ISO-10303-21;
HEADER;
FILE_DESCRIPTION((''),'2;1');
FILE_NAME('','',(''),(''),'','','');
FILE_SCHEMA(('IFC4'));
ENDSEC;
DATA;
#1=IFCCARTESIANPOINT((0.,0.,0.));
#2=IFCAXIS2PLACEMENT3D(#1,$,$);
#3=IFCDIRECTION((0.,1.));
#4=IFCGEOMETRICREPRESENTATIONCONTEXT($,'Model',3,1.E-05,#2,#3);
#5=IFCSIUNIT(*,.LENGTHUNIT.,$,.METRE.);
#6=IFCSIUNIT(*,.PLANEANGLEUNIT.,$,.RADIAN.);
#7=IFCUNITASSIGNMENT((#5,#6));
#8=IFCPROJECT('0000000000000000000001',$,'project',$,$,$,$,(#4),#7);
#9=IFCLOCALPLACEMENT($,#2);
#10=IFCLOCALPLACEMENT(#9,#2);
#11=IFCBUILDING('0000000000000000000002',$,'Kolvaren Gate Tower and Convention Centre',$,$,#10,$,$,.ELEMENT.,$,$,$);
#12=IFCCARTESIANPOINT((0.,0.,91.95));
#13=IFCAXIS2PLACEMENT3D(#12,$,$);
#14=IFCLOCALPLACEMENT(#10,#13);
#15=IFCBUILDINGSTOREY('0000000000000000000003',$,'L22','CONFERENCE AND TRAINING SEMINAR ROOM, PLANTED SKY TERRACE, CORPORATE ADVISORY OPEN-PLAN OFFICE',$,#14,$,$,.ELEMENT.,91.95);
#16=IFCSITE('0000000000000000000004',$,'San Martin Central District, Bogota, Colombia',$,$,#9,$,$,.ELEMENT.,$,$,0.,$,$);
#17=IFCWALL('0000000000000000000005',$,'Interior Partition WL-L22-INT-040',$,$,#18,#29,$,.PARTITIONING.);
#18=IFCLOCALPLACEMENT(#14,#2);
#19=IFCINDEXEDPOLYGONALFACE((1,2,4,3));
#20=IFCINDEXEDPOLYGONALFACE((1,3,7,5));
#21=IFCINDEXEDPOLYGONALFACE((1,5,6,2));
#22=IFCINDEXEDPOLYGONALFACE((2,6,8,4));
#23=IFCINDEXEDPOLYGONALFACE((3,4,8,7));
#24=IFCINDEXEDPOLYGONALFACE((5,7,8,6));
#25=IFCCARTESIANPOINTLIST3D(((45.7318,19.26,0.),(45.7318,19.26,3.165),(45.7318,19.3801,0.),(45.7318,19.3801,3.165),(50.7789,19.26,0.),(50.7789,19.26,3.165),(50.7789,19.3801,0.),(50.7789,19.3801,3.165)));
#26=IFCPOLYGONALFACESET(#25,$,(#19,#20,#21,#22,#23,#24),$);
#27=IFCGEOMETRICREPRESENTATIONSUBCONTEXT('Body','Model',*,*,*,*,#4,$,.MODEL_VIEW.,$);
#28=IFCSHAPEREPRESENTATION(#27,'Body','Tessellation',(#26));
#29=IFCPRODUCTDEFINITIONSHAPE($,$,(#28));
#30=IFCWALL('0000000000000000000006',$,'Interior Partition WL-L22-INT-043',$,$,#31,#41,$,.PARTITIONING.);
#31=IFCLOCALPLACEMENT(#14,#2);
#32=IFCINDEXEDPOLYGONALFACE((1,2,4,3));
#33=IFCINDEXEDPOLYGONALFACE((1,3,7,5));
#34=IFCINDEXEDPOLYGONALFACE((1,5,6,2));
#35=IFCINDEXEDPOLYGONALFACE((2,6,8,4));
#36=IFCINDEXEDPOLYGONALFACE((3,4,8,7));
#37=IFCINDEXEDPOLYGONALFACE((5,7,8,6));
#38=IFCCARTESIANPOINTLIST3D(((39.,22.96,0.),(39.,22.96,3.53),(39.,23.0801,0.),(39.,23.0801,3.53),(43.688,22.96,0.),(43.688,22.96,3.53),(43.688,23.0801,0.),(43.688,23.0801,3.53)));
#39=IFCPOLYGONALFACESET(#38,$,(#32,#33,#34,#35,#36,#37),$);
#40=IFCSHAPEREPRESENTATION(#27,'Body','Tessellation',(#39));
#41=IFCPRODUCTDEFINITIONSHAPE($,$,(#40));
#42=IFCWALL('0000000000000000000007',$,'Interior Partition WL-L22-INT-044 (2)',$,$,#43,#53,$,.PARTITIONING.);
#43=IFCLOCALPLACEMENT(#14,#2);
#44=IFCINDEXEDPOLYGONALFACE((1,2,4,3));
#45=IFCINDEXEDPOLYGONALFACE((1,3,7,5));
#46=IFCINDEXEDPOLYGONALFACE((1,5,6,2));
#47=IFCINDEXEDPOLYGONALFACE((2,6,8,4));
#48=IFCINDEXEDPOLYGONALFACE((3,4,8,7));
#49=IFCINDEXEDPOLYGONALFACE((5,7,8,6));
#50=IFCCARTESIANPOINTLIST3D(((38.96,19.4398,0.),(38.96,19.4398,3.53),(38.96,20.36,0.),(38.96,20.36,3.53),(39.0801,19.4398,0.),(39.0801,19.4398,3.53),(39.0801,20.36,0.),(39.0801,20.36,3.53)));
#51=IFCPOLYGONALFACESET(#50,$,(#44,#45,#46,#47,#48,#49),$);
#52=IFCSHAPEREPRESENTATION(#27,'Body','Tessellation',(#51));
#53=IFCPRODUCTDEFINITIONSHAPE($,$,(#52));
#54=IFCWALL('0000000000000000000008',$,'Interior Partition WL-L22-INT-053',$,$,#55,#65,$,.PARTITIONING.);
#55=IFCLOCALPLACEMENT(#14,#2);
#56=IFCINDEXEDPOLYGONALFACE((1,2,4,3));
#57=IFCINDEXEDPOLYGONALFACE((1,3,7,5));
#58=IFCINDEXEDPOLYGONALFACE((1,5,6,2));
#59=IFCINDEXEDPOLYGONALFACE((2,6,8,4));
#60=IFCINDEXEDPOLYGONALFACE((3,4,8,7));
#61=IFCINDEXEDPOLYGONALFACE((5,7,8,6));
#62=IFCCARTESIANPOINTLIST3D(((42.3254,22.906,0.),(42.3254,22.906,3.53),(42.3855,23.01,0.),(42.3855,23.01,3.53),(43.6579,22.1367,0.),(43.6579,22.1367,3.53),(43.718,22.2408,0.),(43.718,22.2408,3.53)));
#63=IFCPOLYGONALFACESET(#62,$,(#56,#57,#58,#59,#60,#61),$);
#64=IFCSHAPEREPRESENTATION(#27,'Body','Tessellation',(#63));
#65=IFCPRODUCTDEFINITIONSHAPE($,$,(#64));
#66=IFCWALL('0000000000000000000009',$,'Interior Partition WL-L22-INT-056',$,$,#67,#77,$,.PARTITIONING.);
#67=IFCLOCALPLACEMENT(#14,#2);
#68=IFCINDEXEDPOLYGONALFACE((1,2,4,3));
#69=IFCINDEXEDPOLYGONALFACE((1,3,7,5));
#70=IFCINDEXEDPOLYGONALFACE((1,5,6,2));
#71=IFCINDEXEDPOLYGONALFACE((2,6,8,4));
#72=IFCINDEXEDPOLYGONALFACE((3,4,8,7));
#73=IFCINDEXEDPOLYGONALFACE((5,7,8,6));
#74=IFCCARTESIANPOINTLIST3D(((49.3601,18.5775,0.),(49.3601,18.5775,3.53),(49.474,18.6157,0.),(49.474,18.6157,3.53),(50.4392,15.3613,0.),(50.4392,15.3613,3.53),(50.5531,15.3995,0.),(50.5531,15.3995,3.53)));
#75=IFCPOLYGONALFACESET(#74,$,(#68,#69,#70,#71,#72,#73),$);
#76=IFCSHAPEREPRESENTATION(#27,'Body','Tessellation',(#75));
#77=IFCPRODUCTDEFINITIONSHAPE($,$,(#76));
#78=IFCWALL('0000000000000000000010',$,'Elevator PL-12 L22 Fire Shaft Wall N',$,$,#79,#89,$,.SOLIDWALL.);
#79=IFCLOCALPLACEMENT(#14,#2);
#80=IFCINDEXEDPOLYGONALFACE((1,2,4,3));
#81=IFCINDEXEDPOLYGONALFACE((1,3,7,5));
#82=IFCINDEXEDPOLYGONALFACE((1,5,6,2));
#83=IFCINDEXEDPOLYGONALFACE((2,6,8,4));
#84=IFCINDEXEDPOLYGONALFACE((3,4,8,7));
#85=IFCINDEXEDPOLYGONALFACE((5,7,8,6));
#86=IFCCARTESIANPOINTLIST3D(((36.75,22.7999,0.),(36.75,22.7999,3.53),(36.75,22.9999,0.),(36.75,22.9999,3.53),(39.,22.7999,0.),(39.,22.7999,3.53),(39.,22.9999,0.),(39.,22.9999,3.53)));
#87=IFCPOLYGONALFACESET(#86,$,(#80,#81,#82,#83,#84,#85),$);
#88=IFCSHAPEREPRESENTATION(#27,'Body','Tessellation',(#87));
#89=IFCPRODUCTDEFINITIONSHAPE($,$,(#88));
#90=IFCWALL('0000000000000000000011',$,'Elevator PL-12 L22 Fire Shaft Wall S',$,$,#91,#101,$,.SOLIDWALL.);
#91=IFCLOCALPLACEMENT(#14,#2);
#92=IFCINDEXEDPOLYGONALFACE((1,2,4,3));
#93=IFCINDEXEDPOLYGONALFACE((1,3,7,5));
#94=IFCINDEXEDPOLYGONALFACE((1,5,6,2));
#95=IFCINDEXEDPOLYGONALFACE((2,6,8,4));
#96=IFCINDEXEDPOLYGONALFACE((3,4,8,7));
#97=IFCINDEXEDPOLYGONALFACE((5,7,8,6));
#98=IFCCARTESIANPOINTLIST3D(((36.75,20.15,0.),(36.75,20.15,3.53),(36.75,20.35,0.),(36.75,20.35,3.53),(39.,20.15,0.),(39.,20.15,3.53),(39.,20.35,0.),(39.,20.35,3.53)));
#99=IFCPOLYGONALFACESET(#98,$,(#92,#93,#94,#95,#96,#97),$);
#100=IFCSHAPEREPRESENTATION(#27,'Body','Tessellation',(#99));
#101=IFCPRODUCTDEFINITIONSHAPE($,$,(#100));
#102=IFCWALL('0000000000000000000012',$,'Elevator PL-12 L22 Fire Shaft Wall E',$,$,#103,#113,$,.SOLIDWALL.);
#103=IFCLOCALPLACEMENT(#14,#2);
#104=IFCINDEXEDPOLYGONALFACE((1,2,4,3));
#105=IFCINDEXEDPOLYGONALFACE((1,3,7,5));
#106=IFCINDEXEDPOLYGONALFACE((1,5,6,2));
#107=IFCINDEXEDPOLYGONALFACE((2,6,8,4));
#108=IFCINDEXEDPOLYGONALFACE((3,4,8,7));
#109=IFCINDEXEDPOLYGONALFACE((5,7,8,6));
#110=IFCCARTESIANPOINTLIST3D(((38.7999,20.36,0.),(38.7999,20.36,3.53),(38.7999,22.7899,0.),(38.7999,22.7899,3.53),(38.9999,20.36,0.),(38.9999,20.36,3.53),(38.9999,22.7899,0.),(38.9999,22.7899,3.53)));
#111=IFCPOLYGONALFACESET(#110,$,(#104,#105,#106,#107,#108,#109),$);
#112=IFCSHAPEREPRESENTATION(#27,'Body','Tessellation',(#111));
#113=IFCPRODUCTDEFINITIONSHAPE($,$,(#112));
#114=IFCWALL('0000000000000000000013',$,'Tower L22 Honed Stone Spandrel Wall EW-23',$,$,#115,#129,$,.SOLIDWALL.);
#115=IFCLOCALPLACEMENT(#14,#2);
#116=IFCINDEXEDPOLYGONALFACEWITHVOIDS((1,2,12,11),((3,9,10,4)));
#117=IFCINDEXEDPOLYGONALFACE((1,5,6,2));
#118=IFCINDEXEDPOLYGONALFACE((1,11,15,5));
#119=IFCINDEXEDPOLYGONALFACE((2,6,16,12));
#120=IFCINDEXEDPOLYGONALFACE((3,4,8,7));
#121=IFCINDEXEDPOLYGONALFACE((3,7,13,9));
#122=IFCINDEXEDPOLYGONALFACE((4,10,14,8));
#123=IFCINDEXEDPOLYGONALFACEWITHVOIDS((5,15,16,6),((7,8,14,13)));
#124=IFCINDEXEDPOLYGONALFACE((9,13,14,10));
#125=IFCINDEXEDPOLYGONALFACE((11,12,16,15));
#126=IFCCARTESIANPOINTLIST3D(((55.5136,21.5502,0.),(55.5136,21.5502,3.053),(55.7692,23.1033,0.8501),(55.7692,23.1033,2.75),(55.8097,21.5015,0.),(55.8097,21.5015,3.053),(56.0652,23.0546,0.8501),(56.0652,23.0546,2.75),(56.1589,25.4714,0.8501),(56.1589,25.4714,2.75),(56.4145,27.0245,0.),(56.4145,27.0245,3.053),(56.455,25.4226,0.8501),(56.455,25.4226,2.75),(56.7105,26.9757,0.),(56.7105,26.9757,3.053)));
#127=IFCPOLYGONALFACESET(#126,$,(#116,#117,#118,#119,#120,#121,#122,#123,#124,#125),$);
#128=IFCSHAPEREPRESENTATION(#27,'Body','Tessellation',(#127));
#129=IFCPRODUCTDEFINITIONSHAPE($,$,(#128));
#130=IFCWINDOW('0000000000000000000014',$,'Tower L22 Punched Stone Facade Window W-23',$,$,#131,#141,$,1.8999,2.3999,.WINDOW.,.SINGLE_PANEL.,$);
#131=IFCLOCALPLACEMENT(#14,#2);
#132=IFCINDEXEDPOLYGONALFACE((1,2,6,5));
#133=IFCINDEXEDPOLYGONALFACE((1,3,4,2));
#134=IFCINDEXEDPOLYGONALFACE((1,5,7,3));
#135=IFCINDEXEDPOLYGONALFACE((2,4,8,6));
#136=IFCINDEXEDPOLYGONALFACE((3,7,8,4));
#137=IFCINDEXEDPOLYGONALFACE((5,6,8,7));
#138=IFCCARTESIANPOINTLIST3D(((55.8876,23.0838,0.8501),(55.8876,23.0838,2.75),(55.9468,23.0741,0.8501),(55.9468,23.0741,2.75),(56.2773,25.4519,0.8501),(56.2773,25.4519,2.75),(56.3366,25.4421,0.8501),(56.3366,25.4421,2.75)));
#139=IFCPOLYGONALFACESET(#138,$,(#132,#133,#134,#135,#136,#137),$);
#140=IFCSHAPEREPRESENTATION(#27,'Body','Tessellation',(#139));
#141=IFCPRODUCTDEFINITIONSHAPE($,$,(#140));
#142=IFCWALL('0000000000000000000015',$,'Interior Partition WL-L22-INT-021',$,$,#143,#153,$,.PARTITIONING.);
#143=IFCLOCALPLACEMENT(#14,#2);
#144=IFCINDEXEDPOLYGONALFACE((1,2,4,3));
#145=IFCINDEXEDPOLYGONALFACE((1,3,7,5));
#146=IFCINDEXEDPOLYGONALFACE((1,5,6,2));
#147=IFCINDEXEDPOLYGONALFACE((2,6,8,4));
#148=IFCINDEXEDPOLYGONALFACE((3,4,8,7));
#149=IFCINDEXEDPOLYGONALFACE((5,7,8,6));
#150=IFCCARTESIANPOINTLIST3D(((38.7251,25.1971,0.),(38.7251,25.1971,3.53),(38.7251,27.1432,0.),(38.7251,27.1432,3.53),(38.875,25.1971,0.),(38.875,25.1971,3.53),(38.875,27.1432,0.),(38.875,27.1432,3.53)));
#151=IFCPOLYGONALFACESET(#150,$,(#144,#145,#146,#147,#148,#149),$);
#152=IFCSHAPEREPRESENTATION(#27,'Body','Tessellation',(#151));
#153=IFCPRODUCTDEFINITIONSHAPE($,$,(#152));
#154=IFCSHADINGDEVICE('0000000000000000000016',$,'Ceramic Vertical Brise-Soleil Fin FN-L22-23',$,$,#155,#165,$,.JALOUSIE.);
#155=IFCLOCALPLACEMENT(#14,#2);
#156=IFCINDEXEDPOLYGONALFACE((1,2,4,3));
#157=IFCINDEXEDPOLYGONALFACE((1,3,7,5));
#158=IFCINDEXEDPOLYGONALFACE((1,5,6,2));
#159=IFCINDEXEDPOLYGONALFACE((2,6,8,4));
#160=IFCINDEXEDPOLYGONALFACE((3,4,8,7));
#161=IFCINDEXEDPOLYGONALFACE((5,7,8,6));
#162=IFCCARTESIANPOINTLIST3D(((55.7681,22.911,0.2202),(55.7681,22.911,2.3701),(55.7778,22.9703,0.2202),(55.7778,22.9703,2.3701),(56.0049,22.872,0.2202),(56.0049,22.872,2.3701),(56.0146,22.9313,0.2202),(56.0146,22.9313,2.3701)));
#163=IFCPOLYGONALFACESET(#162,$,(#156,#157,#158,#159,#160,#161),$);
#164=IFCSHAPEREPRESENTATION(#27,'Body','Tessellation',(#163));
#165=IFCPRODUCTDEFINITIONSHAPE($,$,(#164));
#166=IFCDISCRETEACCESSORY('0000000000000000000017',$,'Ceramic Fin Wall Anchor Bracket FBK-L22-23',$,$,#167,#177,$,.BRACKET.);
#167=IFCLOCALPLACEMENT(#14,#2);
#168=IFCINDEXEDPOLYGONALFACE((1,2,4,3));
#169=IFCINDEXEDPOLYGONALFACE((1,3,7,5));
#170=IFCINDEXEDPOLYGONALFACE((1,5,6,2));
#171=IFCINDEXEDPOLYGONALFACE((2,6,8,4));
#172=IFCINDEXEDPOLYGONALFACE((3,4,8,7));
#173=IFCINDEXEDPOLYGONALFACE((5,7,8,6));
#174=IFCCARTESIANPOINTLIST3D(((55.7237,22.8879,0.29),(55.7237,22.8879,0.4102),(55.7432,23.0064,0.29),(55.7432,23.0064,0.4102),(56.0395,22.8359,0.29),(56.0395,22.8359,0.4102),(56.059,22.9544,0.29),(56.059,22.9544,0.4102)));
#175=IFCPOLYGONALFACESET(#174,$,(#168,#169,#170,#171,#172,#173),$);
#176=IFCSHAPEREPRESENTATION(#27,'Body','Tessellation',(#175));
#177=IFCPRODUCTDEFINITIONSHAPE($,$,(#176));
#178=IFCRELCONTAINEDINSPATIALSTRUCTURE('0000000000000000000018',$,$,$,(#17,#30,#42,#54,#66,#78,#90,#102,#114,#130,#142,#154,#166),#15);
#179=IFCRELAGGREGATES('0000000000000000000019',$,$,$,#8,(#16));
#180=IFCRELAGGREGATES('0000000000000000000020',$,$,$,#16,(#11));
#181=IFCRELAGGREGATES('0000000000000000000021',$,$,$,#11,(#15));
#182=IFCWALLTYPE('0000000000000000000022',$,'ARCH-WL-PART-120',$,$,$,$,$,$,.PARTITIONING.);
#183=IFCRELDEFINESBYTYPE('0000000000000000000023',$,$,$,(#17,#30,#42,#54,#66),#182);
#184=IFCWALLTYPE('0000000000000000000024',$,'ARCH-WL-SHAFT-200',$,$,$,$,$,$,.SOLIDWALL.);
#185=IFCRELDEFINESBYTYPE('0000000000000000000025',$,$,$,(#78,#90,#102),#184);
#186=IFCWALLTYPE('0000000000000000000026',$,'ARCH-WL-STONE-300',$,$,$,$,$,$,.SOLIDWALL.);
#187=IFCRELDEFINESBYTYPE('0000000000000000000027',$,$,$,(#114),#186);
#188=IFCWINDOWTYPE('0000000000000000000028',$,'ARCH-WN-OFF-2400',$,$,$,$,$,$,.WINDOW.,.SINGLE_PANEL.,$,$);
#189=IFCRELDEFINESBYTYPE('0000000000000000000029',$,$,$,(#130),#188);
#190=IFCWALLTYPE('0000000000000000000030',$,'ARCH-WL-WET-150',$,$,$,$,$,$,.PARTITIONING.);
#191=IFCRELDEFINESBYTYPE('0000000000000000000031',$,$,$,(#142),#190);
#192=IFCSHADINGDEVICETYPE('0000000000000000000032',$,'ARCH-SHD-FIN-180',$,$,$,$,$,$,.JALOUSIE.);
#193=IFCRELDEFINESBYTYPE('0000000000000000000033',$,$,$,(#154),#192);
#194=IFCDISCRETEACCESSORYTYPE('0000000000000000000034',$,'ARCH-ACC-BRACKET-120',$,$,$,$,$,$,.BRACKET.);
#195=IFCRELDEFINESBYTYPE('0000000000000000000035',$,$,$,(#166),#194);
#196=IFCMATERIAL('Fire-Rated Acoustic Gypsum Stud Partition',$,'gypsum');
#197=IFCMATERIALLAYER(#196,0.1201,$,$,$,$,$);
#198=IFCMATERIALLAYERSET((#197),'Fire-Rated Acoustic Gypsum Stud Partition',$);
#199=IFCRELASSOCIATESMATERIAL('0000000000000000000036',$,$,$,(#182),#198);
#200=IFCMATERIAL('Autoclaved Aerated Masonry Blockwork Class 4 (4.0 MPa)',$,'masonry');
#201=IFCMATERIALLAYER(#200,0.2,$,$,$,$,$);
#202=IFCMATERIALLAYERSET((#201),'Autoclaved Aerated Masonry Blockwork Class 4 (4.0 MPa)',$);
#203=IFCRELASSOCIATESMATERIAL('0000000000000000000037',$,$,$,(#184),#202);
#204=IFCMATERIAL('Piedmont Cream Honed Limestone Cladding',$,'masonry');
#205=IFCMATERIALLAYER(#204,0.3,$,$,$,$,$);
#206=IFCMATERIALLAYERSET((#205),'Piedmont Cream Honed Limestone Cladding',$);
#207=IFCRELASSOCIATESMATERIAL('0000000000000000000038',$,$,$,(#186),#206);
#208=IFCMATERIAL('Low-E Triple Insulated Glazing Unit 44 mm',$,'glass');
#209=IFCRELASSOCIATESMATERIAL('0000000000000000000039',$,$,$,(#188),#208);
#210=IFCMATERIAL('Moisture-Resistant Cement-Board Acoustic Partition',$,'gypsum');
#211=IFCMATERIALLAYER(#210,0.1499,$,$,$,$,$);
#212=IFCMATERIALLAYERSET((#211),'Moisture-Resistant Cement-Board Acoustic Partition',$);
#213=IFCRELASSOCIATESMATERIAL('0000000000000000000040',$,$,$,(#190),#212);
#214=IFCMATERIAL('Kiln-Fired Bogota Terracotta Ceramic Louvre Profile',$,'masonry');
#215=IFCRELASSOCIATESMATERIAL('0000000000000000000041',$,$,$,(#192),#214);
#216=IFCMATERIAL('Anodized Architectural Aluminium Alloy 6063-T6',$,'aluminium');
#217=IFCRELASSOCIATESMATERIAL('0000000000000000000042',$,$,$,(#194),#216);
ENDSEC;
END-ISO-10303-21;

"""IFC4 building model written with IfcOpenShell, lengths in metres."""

from ifc_helpers import new_model, si_unit, direction, frame, frame_2d, origin, origin_2d, place, context, subcontext, project, spatial, rectangle, extrude, material, layer, layer_set, type_object, element, fill, save


model = new_model("IFC4")

# Units and contexts
model_context = context("Model", 3, precision=1e-05, world=origin(), true_north=direction((0.0, 1.0)))
body_context = subcontext(model_context, "Body", "Model", "MODEL_VIEW")
ifc_project = project(units=[si_unit("LENGTHUNIT", "METRE"), si_unit("PLANEANGLEUNIT", "RADIAN")], contexts=[model_context])

# Site, building, storey
site_placement = place(None, origin())
site = spatial("IfcSite", under=ifc_project, at=site_placement, Name="San Martin Central District, Bogota, Colombia", CompositionType="ELEMENT", RefElevation=0.0)
building_placement = place(site_placement, origin())
building = spatial("IfcBuilding", under=site, at=building_placement, Name="Kolvaren Gate Tower and Convention Centre", CompositionType="ELEMENT")
storey_placement = place(building_placement, frame((0.0, 0.0, 91.95)))
storey = spatial("IfcBuildingStorey", under=building, at=storey_placement, Name="L22", Description="CONFERENCE AND TRAINING SEMINAR ROOM, PLANTED SKY TERRACE, CORPORATE ADVISORY OPEN-PLAN OFFICE", CompositionType="ELEMENT", Elevation=91.95)

# Shared definitions
ifc_material_1 = material(Name="Fire-Rated Acoustic Gypsum Stud Partition", Category="gypsum")
ifc_layer_1 = layer(ifc_material_1, 0.1201)
ifc_layer_set_1 = layer_set([ifc_layer_1], Name="Fire-Rated Acoustic Gypsum Stud Partition")
wall_type_1 = type_object("IfcWallType", Name="ARCH-WL-PART-120", PredefinedType="PARTITIONING", material=ifc_layer_set_1)

# Walls
wall_1_placement = place(storey_placement, frame((45.7319, 19.3201, 0.0), z_axis=(0.0, 0.0, 1.0), x_axis=(1.0, 0.0, 0.0)))
element("IfcWall", 1, at=wall_1_placement, inside=storey, type_object=wall_type_1, Name="Interior Partition WL-L22-INT-040", PredefinedType="PARTITIONING", context=body_context, shape_type="SweptSolid", body=[
    extrude(rectangle(XDim=5.0471, YDim=0.1201, at=frame_2d((2.5234, 0.0))), origin(), (0.0, 0.0, 1.0), 3.165),
])
wall_2_placement = place(storey_placement, frame((39.0, 23.02, 0.0), z_axis=(0.0, 0.0, 1.0), x_axis=(1.0, 0.0, 0.0)))
element("IfcWall", 2, at=wall_2_placement, inside=storey, type_object=wall_type_1, Name="Interior Partition WL-L22-INT-043", PredefinedType="PARTITIONING", context=body_context, shape_type="SweptSolid", body=[
    extrude(rectangle(XDim=4.688, YDim=0.1201, at=frame_2d((2.344, 0.0))), origin(), (0.0, 0.0, 1.0), 3.53),
])
wall_3_placement = place(storey_placement, frame((39.02, 19.4399, 0.0), z_axis=(0.0, 0.0, 1.0), x_axis=(0.0, 1.0, 0.0)))
element("IfcWall", 3, at=wall_3_placement, inside=storey, type_object=wall_type_1, Name="Interior Partition WL-L22-INT-044 (2)", PredefinedType="PARTITIONING", context=body_context, shape_type="SweptSolid", body=[
    extrude(rectangle(XDim=0.9202, YDim=0.1201, at=frame_2d((0.46, 0.0))), origin(), (0.0, 0.0, 1.0), 3.53),
])
wall_4_placement = place(storey_placement, frame((42.3555, 22.958, 0.0), z_axis=(0.0, 0.0, 1.0), x_axis=(0.866038, -0.499979, 0.0)))
element("IfcWall", 4, at=wall_4_placement, inside=storey, type_object=wall_type_1, Name="Interior Partition WL-L22-INT-053", PredefinedType="PARTITIONING", context=body_context, shape_type="SweptSolid", body=[
    extrude(rectangle(XDim=1.5386, YDim=0.1201, at=frame_2d((0.7693, 0.0))), origin(), (0.0, 0.0, 1.0), 3.53),
])
wall_5_placement = place(storey_placement, frame((49.417, 18.5967, 0.0), z_axis=(0.0, 0.0, 1.0), x_axis=(0.318106, -0.948055, 0.0)))
element("IfcWall", 5, at=wall_5_placement, inside=storey, type_object=wall_type_1, Name="Interior Partition WL-L22-INT-056", PredefinedType="PARTITIONING", context=body_context, shape_type="SweptSolid", body=[
    extrude(rectangle(XDim=3.3923, YDim=0.1201, at=frame_2d((1.6963, 0.0))), origin(), (0.0, 0.0, 1.0), 3.53),
])
ifc_material_2 = material(Name="Autoclaved Aerated Masonry Blockwork Class 4 (4.0 MPa)", Category="masonry")
ifc_layer_2 = layer(ifc_material_2, 0.2)
ifc_layer_set_2 = layer_set([ifc_layer_2], Name="Autoclaved Aerated Masonry Blockwork Class 4 (4.0 MPa)")
wall_type_2 = type_object("IfcWallType", Name="ARCH-WL-SHAFT-200", PredefinedType="SOLIDWALL", material=ifc_layer_set_2)
for number, where, z_axis, x_axis, name in (
    (6, (36.75, 22.8999, 0.0), (0.0, 0.0, 1.0), (1.0, 0.0, 0.0), "Elevator PL-12 L22 Fire Shaft Wall N"),
    (7, (36.75, 20.25, 0.0), (0.0, 0.0, 1.0), (1.0, 0.0, 0.0), "Elevator PL-12 L22 Fire Shaft Wall S"),
):
    element("IfcWall", number, at=place(storey_placement, frame(where, z_axis=z_axis, x_axis=x_axis)), inside=storey, type_object=wall_type_2, Name=name, PredefinedType="SOLIDWALL", context=body_context, shape_type="SweptSolid", body=[
        extrude(rectangle(XDim=2.25, YDim=0.2, at=frame_2d((1.125, 0.0))), origin(), (0.0, 0.0, 1.0), 3.53),
    ])
wall_6_placement = place(storey_placement, frame((38.8999, 20.3601, 0.0), z_axis=(0.0, 0.0, 1.0), x_axis=(0.0, 1.0, 0.0)))
element("IfcWall", 8, at=wall_6_placement, inside=storey, type_object=wall_type_2, Name="Elevator PL-12 L22 Fire Shaft Wall E", PredefinedType="SOLIDWALL", context=body_context, shape_type="SweptSolid", body=[
    extrude(rectangle(XDim=2.4299, YDim=0.2, at=frame_2d((1.2148, 0.0))), origin(), (0.0, 0.0, 1.0), 3.53),
])

# Wall, opening, window
ifc_material_3 = material(Name="Piedmont Cream Honed Limestone Cladding", Category="masonry")
ifc_layer_3 = layer(ifc_material_3, 0.3)
ifc_layer_set_3 = layer_set([ifc_layer_3], Name="Piedmont Cream Honed Limestone Cladding")
wall_type_3 = type_object("IfcWallType", Name="ARCH-WL-STONE-300", PredefinedType="SOLIDWALL", material=ifc_layer_set_3)
wall_7_placement = place(storey_placement, frame((55.6616, 21.5259, 0.0), z_axis=(0.0, 0.0, 1.0), x_axis=(0.162386, 0.986727, 0.0)))
wall_7 = element("IfcWall", 9, at=wall_7_placement, inside=storey, type_object=wall_type_3, Name="Tower L22 Honed Stone Spandrel Wall EW-23", PredefinedType="SOLIDWALL", context=body_context, shape_type="SweptSolid", body=[
    extrude(rectangle(XDim=5.5479, YDim=0.3, at=frame_2d((2.7739, 0.0))), origin(), (0.0, 0.0, 1.0), 3.053),
])
opening_1_placement = place(wall_7_placement, frame((1.574, 0.0, 0.8501)))
opening_1 = element("IfcOpeningElement", 10, at=opening_1_placement, cuts=wall_7, PredefinedType="OPENING", context=body_context, shape_type="SweptSolid", body=[
    extrude(rectangle(XDim=2.3999, YDim=1.8999, at=frame_2d((1.2, 0.95))), frame((0.0, 0.1599, 0.0), z_axis=(0.0, -1.0, 0.0), x_axis=(1.0, 0.0, 0.0)), (0.0, 0.0, 1.0), 0.3201),
])
ifc_material_4 = material(Name="Low-E Triple Insulated Glazing Unit 44 mm", Category="glass")
window_type = type_object("IfcWindowType", Name="ARCH-WN-OFF-2400", PartitioningType="SINGLE_PANEL", PredefinedType="WINDOW", material=ifc_material_4)
window_placement = place(opening_1_placement, origin())
window = element("IfcWindow", 11, at=window_placement, inside=storey, type_object=window_type, Name="Tower L22 Punched Stone Facade Window W-23", OverallHeight=1.8999, OverallWidth=2.3999, PartitioningType="SINGLE_PANEL", PredefinedType="WINDOW", context=body_context, shape_type="SweptSolid", body=[
    extrude(rectangle(XDim=2.3999, YDim=1.8999, at=frame_2d((1.2, 0.95))), frame((0.0, 0.03, 0.0), z_axis=(0.0, -1.0, 0.0), x_axis=(1.0, 0.0, 0.0)), (0.0, 0.0, 1.0), 0.0601),
])
fill(opening_1, window)

# Wall
ifc_material_5 = material(Name="Moisture-Resistant Cement-Board Acoustic Partition", Category="gypsum")
ifc_layer_4 = layer(ifc_material_5, 0.1499)
ifc_layer_set_4 = layer_set([ifc_layer_4], Name="Moisture-Resistant Cement-Board Acoustic Partition")
wall_type_4 = type_object("IfcWallType", Name="ARCH-WL-WET-150", PredefinedType="PARTITIONING", material=ifc_layer_set_4)
wall_8_placement = place(storey_placement, frame((38.8, 25.197, 0.0), z_axis=(0.0, 0.0, 1.0), x_axis=(0.0, 1.0, 0.0)))
element("IfcWall", 12, at=wall_8_placement, inside=storey, type_object=wall_type_4, Name="Interior Partition WL-L22-INT-021", PredefinedType="PARTITIONING", context=body_context, shape_type="SweptSolid", body=[
    extrude(rectangle(XDim=1.946, YDim=0.1499, at=frame_2d((0.9731, 0.0))), origin(), (0.0, 0.0, 1.0), 3.53),
])

# Shading device
ifc_material_6 = material(Name="Kiln-Fired Bogota Terracotta Ceramic Louvre Profile", Category="masonry")
shading_device_type = type_object("IfcShadingDeviceType", Name="ARCH-SHD-FIN-180", PredefinedType="JALOUSIE", material=ifc_material_6)
shading_device_placement = place(storey_placement, frame((55.8914, 22.9211, 0.2202), z_axis=(0.0, 0.0, 1.0), x_axis=(0.162375, 0.986729, 0.0)))
element("IfcShadingDevice", 13, at=shading_device_placement, inside=storey, type_object=shading_device_type, Name="Ceramic Vertical Brise-Soleil Fin FN-L22-23", PredefinedType="JALOUSIE", context=body_context, shape_type="SweptSolid", body=[
    extrude(rectangle(XDim=0.0601, YDim=0.24, at=origin_2d()), origin(), (0.0, 0.0, 1.0), 2.1499),
])

# Discrete accessory
ifc_material_7 = material(Name="Anodized Architectural Aluminium Alloy 6063-T6", Category="aluminium")
discrete_accessory_type = type_object("IfcDiscreteAccessoryType", Name="ARCH-ACC-BRACKET-120", PredefinedType="BRACKET", material=ifc_material_7)
discrete_accessory_placement = place(storey_placement, frame((55.8914, 22.9211, 0.29), z_axis=(0.0, 0.0, 1.0), x_axis=(0.162375, 0.986729, 0.0)))
element("IfcDiscreteAccessory", 14, at=discrete_accessory_placement, inside=storey, type_object=discrete_accessory_type, Name="Ceramic Fin Wall Anchor Bracket FBK-L22-23", PredefinedType="BRACKET", context=body_context, shape_type="SweptSolid", body=[
    extrude(rectangle(XDim=0.1201, YDim=0.3201, at=origin_2d()), origin(), (0.0, 0.0, 1.0), 0.1201),
])

save(model, "model.ifc")
